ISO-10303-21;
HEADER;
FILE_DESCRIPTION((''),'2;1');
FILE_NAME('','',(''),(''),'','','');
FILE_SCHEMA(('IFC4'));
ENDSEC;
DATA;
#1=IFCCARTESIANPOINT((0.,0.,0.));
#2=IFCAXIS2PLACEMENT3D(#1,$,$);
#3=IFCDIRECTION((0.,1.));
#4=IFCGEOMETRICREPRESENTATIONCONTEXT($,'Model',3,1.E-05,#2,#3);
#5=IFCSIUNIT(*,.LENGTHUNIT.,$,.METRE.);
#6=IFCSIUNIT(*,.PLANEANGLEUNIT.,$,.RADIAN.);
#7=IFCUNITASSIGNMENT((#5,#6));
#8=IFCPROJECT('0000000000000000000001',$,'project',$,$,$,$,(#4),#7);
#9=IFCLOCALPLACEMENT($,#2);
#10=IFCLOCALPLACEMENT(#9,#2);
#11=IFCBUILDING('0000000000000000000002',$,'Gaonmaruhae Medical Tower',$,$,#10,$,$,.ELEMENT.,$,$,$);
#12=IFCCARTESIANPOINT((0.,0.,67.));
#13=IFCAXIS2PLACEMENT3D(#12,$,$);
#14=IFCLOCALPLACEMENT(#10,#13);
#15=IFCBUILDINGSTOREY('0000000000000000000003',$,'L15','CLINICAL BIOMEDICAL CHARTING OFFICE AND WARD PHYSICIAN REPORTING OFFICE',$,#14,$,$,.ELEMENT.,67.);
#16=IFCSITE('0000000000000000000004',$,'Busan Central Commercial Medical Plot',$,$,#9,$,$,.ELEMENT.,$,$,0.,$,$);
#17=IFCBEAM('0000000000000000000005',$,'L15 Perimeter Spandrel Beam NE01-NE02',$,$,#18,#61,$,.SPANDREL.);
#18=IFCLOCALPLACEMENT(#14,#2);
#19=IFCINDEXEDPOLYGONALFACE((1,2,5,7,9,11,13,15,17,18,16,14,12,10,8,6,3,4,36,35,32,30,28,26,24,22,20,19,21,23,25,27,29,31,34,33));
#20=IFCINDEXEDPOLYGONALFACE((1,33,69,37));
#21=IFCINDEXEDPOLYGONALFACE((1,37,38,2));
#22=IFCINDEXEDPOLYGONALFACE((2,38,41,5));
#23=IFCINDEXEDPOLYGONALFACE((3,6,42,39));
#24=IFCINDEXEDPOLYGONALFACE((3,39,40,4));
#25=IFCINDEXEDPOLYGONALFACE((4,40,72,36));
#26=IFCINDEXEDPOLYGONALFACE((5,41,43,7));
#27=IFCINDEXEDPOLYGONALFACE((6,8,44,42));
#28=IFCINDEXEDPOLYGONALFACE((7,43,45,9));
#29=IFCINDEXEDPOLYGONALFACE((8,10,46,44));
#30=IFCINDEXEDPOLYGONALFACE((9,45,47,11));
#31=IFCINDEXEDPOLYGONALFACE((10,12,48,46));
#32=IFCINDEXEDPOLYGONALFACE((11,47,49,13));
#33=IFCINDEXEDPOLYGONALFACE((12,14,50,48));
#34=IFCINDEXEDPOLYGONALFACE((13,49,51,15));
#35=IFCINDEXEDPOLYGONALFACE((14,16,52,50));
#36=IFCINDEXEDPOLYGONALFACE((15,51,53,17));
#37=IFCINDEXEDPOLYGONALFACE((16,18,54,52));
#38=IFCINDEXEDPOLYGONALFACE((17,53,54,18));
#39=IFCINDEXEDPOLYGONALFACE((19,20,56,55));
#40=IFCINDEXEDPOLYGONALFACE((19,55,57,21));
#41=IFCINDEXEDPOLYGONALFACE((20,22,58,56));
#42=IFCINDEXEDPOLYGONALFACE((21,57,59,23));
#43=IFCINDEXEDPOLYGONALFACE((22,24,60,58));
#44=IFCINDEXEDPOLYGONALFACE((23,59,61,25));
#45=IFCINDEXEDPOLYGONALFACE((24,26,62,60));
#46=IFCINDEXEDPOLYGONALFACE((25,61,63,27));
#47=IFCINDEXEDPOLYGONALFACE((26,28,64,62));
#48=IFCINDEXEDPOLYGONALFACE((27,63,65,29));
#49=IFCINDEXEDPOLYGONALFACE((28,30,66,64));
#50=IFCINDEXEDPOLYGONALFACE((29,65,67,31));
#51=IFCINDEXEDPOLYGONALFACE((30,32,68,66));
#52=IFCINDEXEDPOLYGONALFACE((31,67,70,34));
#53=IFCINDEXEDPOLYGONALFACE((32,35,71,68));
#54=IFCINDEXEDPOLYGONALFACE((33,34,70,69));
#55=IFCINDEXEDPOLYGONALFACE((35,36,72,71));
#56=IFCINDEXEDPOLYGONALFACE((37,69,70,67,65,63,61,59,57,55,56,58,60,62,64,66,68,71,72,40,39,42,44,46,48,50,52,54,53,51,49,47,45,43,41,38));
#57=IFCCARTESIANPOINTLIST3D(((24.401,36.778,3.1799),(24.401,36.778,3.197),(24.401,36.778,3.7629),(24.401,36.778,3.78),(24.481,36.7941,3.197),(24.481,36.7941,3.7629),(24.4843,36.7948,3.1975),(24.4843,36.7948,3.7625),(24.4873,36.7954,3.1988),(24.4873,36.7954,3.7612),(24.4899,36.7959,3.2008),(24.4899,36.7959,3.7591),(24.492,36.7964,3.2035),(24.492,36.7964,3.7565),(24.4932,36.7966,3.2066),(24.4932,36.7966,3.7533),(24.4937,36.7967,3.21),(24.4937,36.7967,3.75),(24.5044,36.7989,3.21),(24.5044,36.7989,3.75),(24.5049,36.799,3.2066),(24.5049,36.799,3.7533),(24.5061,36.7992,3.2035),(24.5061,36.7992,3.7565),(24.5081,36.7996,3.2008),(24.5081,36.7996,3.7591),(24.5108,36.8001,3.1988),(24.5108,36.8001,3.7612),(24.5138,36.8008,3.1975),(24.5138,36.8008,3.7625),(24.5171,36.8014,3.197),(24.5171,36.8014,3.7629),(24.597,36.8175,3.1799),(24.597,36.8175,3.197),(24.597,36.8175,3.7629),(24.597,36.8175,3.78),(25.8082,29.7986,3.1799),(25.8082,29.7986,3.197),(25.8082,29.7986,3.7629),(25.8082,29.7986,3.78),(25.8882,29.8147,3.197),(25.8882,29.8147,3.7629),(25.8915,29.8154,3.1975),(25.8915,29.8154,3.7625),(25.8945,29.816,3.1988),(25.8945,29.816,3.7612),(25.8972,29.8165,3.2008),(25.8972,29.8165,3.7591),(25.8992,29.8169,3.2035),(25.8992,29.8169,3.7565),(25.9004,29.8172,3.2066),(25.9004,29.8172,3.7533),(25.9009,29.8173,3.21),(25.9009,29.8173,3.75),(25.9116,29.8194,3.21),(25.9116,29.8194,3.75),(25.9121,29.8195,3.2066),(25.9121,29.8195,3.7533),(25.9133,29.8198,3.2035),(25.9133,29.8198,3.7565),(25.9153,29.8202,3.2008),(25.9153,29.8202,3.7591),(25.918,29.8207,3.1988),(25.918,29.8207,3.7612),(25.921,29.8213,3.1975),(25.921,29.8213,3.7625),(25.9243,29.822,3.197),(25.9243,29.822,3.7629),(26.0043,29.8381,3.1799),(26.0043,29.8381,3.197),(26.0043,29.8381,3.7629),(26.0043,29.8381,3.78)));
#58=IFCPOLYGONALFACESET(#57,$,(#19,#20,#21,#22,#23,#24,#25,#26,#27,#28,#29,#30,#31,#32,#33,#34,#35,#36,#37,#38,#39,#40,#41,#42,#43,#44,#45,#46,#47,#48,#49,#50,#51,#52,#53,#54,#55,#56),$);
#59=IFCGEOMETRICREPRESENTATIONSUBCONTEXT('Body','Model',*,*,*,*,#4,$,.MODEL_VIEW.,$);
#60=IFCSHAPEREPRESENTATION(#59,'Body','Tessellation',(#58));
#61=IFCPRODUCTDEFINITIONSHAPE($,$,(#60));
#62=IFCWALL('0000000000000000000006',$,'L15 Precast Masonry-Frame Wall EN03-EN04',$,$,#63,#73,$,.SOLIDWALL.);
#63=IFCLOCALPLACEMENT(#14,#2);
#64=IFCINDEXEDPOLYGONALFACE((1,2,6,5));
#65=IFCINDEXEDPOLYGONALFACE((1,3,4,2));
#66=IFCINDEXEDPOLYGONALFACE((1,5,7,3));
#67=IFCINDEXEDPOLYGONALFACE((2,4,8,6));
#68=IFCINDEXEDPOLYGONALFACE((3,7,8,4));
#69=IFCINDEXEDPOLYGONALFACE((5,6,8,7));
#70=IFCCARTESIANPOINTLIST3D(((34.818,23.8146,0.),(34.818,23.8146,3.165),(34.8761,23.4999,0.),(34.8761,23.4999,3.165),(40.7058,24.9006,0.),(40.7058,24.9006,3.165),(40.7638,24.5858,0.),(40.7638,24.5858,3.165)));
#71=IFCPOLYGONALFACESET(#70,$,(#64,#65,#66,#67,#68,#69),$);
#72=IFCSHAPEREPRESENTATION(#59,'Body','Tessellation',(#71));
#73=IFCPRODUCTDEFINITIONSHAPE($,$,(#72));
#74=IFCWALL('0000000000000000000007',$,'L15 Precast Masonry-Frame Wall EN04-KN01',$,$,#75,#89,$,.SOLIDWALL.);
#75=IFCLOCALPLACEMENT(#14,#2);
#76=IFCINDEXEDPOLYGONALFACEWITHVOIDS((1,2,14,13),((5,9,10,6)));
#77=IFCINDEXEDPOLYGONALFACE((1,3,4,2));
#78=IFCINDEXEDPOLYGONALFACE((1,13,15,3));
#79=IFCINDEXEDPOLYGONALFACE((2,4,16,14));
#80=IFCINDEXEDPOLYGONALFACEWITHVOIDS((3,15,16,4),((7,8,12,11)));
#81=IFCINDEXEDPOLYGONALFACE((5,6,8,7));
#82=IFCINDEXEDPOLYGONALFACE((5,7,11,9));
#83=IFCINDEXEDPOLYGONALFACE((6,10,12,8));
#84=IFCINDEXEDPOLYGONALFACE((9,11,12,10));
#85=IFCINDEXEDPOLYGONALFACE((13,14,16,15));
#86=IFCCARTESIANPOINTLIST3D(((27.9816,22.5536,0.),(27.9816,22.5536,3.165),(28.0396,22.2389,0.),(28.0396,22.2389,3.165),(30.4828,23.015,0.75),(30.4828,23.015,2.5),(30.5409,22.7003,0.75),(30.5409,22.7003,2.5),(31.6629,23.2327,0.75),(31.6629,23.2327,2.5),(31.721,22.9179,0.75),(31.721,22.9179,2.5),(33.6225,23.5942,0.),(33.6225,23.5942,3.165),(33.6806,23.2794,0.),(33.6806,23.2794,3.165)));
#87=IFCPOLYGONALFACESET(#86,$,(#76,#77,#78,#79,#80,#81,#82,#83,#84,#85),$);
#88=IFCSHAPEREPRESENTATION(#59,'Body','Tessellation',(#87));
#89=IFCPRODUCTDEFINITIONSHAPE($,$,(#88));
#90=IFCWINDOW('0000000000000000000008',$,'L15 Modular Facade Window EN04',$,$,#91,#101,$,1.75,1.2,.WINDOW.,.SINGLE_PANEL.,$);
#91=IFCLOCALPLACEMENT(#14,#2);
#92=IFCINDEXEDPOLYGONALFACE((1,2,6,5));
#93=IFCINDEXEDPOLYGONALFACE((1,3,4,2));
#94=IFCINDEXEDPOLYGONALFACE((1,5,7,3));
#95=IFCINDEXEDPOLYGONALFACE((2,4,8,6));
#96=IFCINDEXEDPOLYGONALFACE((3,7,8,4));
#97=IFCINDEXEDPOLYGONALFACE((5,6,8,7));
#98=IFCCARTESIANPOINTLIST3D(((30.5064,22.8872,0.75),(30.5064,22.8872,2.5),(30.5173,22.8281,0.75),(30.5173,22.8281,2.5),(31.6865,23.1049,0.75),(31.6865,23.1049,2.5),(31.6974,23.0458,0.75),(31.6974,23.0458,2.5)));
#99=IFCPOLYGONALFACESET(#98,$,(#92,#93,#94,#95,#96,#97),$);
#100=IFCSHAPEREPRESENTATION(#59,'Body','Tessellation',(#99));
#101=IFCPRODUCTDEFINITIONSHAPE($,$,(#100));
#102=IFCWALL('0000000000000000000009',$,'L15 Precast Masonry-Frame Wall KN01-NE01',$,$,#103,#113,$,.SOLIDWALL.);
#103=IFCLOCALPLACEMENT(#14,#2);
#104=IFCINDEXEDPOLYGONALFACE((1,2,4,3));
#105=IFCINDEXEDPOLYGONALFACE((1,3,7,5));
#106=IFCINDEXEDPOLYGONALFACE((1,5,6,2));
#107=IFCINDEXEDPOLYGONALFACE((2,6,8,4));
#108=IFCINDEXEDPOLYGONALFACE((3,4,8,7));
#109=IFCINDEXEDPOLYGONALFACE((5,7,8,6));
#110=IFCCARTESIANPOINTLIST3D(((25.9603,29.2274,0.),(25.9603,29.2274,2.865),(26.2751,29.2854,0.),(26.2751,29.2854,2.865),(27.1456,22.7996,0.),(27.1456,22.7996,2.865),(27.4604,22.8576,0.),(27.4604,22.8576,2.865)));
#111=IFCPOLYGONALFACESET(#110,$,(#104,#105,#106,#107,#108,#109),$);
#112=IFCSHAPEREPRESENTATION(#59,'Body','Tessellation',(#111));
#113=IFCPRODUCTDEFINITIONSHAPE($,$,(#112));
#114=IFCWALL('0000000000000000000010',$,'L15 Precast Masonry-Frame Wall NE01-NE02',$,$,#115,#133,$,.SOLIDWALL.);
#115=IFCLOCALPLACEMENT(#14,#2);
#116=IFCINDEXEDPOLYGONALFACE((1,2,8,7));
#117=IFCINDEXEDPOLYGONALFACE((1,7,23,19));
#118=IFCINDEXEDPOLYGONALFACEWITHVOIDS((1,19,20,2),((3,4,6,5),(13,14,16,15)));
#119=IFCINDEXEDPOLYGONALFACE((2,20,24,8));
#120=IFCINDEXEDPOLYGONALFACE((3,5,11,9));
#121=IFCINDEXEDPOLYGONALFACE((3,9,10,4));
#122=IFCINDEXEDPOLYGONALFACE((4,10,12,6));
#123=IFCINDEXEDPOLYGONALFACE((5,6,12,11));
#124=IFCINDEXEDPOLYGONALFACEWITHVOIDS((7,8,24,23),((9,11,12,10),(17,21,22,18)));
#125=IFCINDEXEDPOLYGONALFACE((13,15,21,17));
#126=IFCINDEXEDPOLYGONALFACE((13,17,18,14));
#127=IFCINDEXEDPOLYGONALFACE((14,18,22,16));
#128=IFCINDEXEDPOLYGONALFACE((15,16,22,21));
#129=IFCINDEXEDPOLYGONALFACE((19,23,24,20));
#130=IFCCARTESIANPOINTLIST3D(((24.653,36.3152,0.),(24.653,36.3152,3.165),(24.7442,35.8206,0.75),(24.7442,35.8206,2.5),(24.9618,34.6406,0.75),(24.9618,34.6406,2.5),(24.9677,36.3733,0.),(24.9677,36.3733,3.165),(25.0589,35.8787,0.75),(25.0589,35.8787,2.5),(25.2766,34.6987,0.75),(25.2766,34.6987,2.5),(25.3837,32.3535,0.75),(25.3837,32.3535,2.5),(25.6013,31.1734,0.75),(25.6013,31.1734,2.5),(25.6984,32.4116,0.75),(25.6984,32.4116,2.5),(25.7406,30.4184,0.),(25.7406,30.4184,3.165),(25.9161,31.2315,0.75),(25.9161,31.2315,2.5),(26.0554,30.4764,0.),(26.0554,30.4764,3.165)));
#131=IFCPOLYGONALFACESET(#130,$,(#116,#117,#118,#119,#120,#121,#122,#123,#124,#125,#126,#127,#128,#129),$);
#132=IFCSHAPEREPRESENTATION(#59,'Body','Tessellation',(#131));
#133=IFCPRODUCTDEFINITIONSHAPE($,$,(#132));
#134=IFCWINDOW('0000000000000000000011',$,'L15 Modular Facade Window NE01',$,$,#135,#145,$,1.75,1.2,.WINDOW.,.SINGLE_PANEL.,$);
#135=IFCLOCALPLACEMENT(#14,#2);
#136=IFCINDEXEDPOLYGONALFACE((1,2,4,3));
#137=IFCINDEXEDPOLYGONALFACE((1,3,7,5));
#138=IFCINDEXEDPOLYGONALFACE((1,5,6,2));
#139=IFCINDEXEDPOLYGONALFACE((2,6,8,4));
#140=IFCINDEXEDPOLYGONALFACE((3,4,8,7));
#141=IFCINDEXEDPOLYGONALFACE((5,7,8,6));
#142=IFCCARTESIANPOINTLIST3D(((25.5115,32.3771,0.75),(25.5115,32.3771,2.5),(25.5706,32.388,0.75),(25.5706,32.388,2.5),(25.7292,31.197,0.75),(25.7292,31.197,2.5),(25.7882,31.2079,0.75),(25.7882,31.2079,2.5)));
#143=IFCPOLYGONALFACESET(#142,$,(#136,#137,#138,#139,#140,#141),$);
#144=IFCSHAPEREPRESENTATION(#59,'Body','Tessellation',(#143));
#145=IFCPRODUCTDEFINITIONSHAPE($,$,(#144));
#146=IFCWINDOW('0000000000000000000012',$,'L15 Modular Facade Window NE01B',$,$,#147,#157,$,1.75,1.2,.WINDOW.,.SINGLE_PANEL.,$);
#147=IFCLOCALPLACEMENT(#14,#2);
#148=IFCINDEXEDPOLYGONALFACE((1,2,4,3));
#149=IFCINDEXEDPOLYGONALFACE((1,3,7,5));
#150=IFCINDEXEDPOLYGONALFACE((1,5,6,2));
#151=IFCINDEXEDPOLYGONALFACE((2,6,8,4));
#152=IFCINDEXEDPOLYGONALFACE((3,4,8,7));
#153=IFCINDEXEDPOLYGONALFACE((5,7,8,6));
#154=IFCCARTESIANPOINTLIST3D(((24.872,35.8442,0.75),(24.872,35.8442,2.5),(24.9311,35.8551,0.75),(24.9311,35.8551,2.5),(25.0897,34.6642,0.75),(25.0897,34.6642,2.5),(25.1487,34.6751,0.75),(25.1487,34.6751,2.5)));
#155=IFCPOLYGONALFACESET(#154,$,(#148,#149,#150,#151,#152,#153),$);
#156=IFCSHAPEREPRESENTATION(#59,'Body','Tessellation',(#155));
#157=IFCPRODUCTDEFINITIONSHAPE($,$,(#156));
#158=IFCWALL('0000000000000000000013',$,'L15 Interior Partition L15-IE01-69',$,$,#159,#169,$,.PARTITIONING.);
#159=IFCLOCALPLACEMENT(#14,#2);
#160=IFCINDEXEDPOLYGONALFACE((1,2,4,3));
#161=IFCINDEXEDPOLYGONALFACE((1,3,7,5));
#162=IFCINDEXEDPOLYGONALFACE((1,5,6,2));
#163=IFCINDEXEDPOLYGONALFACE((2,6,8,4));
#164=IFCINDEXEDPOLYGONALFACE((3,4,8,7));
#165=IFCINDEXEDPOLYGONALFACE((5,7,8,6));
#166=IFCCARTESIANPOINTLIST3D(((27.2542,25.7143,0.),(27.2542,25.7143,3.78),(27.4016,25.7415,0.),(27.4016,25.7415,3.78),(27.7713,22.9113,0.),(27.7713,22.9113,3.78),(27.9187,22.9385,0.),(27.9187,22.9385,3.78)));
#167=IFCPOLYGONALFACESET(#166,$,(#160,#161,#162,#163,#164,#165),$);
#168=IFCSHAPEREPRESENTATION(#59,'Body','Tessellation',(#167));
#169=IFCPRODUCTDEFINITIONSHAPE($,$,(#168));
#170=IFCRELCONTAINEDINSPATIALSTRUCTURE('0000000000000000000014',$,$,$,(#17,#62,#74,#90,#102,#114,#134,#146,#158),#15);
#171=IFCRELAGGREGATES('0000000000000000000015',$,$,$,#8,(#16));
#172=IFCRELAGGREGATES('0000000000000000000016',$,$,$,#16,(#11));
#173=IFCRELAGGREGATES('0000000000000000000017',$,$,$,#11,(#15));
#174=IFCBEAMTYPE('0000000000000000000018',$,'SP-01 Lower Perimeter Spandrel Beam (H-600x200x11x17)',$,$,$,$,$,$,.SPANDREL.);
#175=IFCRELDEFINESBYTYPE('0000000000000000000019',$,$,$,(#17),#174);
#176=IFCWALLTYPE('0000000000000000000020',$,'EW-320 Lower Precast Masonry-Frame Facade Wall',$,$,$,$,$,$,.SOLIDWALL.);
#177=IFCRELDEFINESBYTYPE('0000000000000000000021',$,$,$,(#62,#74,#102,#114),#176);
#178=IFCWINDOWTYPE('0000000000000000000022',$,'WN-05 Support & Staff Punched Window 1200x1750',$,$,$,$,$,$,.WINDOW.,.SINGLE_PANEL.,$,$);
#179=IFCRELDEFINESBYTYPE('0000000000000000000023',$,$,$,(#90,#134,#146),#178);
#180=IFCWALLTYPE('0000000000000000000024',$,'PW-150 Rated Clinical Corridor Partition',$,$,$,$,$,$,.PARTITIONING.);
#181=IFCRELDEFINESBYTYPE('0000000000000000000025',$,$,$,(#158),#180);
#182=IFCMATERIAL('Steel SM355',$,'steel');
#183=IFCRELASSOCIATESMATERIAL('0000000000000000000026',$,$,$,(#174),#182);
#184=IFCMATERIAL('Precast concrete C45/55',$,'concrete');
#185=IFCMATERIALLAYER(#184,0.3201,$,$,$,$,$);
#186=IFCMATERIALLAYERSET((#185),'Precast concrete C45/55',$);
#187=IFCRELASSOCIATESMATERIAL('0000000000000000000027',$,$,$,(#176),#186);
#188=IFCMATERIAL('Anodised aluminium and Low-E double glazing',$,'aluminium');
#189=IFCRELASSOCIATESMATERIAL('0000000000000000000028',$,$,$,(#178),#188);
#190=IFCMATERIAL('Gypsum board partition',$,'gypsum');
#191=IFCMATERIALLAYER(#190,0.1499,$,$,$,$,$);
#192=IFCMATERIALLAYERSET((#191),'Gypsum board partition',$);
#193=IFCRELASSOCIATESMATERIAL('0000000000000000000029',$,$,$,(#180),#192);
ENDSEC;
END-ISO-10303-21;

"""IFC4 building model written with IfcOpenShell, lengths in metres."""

from ifc_helpers import new_model, si_unit, direction, frame, frame_2d, origin, origin_2d, place, context, subcontext, project, spatial, rectangle, i_section, extrude, material, layer, layer_set, material_profile, profile_set, type_object, element, fill, save


model = new_model("IFC4")

# Units and contexts
model_context = context("Model", 3, precision=1e-05, world=origin(), true_north=direction((0.0, 1.0)))
body_context = subcontext(model_context, "Body", "Model", "MODEL_VIEW")
ifc_project = project(units=[si_unit("LENGTHUNIT", "METRE"), si_unit("PLANEANGLEUNIT", "RADIAN")], contexts=[model_context])

# Site, building, storey
site_placement = place(None, origin())
site = spatial("IfcSite", under=ifc_project, at=site_placement, Name="Busan Central Commercial Medical Plot", CompositionType="ELEMENT", RefElevation=0.0)
building_placement = place(site_placement, origin())
building = spatial("IfcBuilding", under=site, at=building_placement, Name="Gaonmaruhae Medical Tower", CompositionType="ELEMENT")
storey_placement = place(building_placement, frame((0.0, 0.0, 67.0)))
storey = spatial("IfcBuildingStorey", under=building, at=storey_placement, Name="L15", Description="CLINICAL BIOMEDICAL CHARTING OFFICE AND WARD PHYSICIAN REPORTING OFFICE", CompositionType="ELEMENT", Elevation=67.0)

# Beam
ifc_material_1 = material(Name="Steel SM355", Category="steel")
ifc_material_profile_1 = material_profile(ifc_material_1, i_section(OverallWidth=0.2, OverallDepth=0.6001, WebThickness=0.011, FlangeThickness=0.0171, FilletRadius=0.0129, at=origin_2d()), Name="H-600x200x11x17")
ifc_profile_set_1 = profile_set([ifc_material_profile_1], Name="Steel SM355")
beam_type_1 = type_object("IfcBeamType", Name="SP-01 Lower Perimeter Spandrel Beam (H-600x200x11x17)", PredefinedType="SPANDREL", material=ifc_profile_set_1)
beam_1_placement = place(storey_placement, frame((25.9062, 29.8184, 3.48), z_axis=(-0.197646, 0.980274, 0.0), x_axis=(-0.980274, -0.197646, 0.0)))
element("IfcBeam", 1, at=beam_1_placement, inside=storey, type_object=beam_type_1, Name="L15 Perimeter Spandrel Beam NE01-NE02", PredefinedType="SPANDREL", context=body_context, shape_type="SweptSolid", body=[
    extrude(i_section(OverallWidth=0.2, OverallDepth=0.6001, WebThickness=0.011, FlangeThickness=0.0171, FilletRadius=0.0129, at=origin_2d()), origin(), (0.0, 0.0, 1.0), 7.1199),
])

# Wall
ifc_material_2 = material(Name="Precast concrete C45/55", Category="concrete")
ifc_layer_1 = layer(ifc_material_2, 0.3201)
ifc_layer_set_1 = layer_set([ifc_layer_1], Name="Precast concrete C45/55")
wall_type_1 = type_object("IfcWallType", Name="EW-320 Lower Precast Masonry-Frame Facade Wall", PredefinedType="SOLIDWALL", material=ifc_layer_set_1)
wall_1_placement = place(storey_placement, frame((34.8469, 23.6572, 0.0), z_axis=(0.0, 0.0, 1.0), x_axis=(0.983413, 0.181382, 0.0)))
element("IfcWall", 2, at=wall_1_placement, inside=storey, type_object=wall_type_1, Name="L15 Precast Masonry-Frame Wall EN03-EN04", PredefinedType="SOLIDWALL", context=body_context, shape_type="SweptSolid", body=[
    extrude(rectangle(XDim=5.9871, YDim=0.3201, at=frame_2d((2.9937, 0.0))), origin(), (0.0, 0.0, 1.0), 3.165),
])

# Wall, opening, window
wall_2_placement = place(storey_placement, frame((28.0105, 22.3962, 0.0), z_axis=(0.0, 0.0, 1.0), x_axis=(0.983409, 0.181402, 0.0)))
wall_2 = element("IfcWall", 3, at=wall_2_placement, inside=storey, type_object=wall_type_1, Name="L15 Precast Masonry-Frame Wall EN04-KN01", PredefinedType="SOLIDWALL", context=body_context, shape_type="SweptSolid", body=[
    extrude(rectangle(XDim=5.7361, YDim=0.3201, at=frame_2d((2.8682, 0.0))), origin(), (0.0, 0.0, 1.0), 3.165),
])
opening_1_placement = place(wall_2_placement, frame((2.5435, 0.0, 0.75)))
opening_1 = element("IfcOpeningElement", 4, at=opening_1_placement, cuts=wall_2, PredefinedType="OPENING", context=body_context, shape_type="SweptSolid", body=[
    extrude(rectangle(XDim=1.2, YDim=1.75, at=frame_2d((0.6001, 0.875))), frame((0.0, 0.1699, 0.0), z_axis=(0.0, -1.0, 0.0), x_axis=(1.0, 0.0, 0.0)), (0.0, 0.0, 1.0), 0.3401),
])
ifc_material_3 = material(Name="Anodised aluminium and Low-E double glazing", Category="aluminium")
window_type = type_object("IfcWindowType", Name="WN-05 Support & Staff Punched Window 1200x1750", PartitioningType="SINGLE_PANEL", PredefinedType="WINDOW", material=ifc_material_3)
window_1_placement = place(opening_1_placement, origin())
window_1 = element("IfcWindow", 5, at=window_1_placement, inside=storey, type_object=window_type, Name="L15 Modular Facade Window EN04", OverallHeight=1.75, OverallWidth=1.2, PartitioningType="SINGLE_PANEL", PredefinedType="WINDOW", context=body_context, shape_type="SweptSolid", body=[
    extrude(rectangle(XDim=1.2, YDim=1.75, at=frame_2d((0.6001, 0.875))), frame((0.0, 0.03, 0.0), z_axis=(0.0, -1.0, 0.0), x_axis=(1.0, 0.0, 0.0)), (0.0, 0.0, 1.0), 0.0601),
])
fill(opening_1, window_1)

# Wall
wall_3_placement = place(storey_placement, frame((27.303, 22.8286, 0.0), z_axis=(0.0, 0.0, 1.0), x_axis=(-0.181347, 0.983419, 0.0)))
element("IfcWall", 6, at=wall_3_placement, inside=storey, type_object=wall_type_1, Name="L15 Precast Masonry-Frame Wall KN01-NE01", PredefinedType="SOLIDWALL", context=body_context, shape_type="SweptSolid", body=[
    extrude(rectangle(XDim=6.5361, YDim=0.3201, at=frame_2d((3.2681, 0.0))), origin(), (0.0, 0.0, 1.0), 2.865),
])

# Wall, openings, windows
wall_4_placement = place(storey_placement, frame((25.8979, 30.4475, 0.0), z_axis=(0.0, 0.0, 1.0), x_axis=(-0.181382, 0.983413, 0.0)))
wall_4 = element("IfcWall", 7, at=wall_4_placement, inside=storey, type_object=wall_type_1, Name="L15 Precast Masonry-Frame Wall NE01-NE02", PredefinedType="SOLIDWALL", context=body_context, shape_type="SweptSolid", body=[
    extrude(rectangle(XDim=5.9963, YDim=0.3201, at=frame_2d((2.998, 0.0))), origin(), (0.0, 0.0, 1.0), 3.165),
])
opening_2_placement = place(wall_4_placement, frame((0.7676, 0.0, 0.75)))
opening_2 = element("IfcOpeningElement", 8, at=opening_2_placement, cuts=wall_4, PredefinedType="OPENING", context=body_context, shape_type="SweptSolid", body=[
    extrude(rectangle(XDim=1.2, YDim=1.75, at=frame_2d((0.6001, 0.875))), frame((0.0, 0.1699, 0.0), z_axis=(0.0, -1.0, 0.0), x_axis=(1.0, 0.0, 0.0)), (0.0, 0.0, 1.0), 0.3401),
])
opening_3_placement = place(wall_4_placement, frame((4.2932, 0.0, 0.75)))
opening_3 = element("IfcOpeningElement", 9, at=opening_3_placement, cuts=wall_4, PredefinedType="OPENING", context=body_context, shape_type="SweptSolid", body=[
    extrude(rectangle(XDim=1.2, YDim=1.75, at=frame_2d((0.6001, 0.875))), frame((0.0, 0.1699, 0.0), z_axis=(0.0, -1.0, 0.0), x_axis=(1.0, 0.0, 0.0)), (0.0, 0.0, 1.0), 0.3401),
])
window_2_placement = place(opening_2_placement, origin())
window_2 = element("IfcWindow", 10, at=window_2_placement, inside=storey, type_object=window_type, Name="L15 Modular Facade Window NE01", OverallHeight=1.75, OverallWidth=1.2, PartitioningType="SINGLE_PANEL", PredefinedType="WINDOW", context=body_context, shape_type="SweptSolid", body=[
    extrude(rectangle(XDim=1.2, YDim=1.75, at=frame_2d((0.6001, 0.875))), frame((0.0, 0.03, 0.0), z_axis=(0.0, -1.0, 0.0), x_axis=(1.0, 0.0, 0.0)), (0.0, 0.0, 1.0), 0.0601),
])
fill(opening_2, window_2)
window_3_placement = place(opening_3_placement, origin())
window_3 = element("IfcWindow", 11, at=window_3_placement, inside=storey, type_object=window_type, Name="L15 Modular Facade Window NE01B", OverallHeight=1.75, OverallWidth=1.2, PartitioningType="SINGLE_PANEL", PredefinedType="WINDOW", context=body_context, shape_type="SweptSolid", body=[
    extrude(rectangle(XDim=1.2, YDim=1.75, at=frame_2d((0.6001, 0.875))), frame((0.0, 0.03, 0.0), z_axis=(0.0, -1.0, 0.0), x_axis=(1.0, 0.0, 0.0)), (0.0, 0.0, 1.0), 0.0601),
])
fill(opening_3, window_3)

# Wall
ifc_material_4 = material(Name="Gypsum board partition", Category="gypsum")
ifc_layer_2 = layer(ifc_material_4, 0.1499)
ifc_layer_set_2 = layer_set([ifc_layer_2], Name="Gypsum board partition")
wall_type_2 = type_object("IfcWallType", Name="PW-150 Rated Clinical Corridor Partition", PredefinedType="PARTITIONING", material=ifc_layer_set_2)
wall_5_placement = place(storey_placement, frame((27.3279, 25.728, 0.0), z_axis=(0.0, 0.0, 1.0), x_axis=(0.181417, -0.983406, 0.0)))
element("IfcWall", 12, at=wall_5_placement, inside=storey, type_object=wall_type_2, Name="L15 Interior Partition L15-IE01-69", PredefinedType="PARTITIONING", context=body_context, shape_type="SweptSolid", body=[
    extrude(rectangle(XDim=2.8503, YDim=0.1499, at=frame_2d((1.4253, 0.0))), origin(), (0.0, 0.0, 1.0), 3.78),
])

save(model, "model.ifc")
